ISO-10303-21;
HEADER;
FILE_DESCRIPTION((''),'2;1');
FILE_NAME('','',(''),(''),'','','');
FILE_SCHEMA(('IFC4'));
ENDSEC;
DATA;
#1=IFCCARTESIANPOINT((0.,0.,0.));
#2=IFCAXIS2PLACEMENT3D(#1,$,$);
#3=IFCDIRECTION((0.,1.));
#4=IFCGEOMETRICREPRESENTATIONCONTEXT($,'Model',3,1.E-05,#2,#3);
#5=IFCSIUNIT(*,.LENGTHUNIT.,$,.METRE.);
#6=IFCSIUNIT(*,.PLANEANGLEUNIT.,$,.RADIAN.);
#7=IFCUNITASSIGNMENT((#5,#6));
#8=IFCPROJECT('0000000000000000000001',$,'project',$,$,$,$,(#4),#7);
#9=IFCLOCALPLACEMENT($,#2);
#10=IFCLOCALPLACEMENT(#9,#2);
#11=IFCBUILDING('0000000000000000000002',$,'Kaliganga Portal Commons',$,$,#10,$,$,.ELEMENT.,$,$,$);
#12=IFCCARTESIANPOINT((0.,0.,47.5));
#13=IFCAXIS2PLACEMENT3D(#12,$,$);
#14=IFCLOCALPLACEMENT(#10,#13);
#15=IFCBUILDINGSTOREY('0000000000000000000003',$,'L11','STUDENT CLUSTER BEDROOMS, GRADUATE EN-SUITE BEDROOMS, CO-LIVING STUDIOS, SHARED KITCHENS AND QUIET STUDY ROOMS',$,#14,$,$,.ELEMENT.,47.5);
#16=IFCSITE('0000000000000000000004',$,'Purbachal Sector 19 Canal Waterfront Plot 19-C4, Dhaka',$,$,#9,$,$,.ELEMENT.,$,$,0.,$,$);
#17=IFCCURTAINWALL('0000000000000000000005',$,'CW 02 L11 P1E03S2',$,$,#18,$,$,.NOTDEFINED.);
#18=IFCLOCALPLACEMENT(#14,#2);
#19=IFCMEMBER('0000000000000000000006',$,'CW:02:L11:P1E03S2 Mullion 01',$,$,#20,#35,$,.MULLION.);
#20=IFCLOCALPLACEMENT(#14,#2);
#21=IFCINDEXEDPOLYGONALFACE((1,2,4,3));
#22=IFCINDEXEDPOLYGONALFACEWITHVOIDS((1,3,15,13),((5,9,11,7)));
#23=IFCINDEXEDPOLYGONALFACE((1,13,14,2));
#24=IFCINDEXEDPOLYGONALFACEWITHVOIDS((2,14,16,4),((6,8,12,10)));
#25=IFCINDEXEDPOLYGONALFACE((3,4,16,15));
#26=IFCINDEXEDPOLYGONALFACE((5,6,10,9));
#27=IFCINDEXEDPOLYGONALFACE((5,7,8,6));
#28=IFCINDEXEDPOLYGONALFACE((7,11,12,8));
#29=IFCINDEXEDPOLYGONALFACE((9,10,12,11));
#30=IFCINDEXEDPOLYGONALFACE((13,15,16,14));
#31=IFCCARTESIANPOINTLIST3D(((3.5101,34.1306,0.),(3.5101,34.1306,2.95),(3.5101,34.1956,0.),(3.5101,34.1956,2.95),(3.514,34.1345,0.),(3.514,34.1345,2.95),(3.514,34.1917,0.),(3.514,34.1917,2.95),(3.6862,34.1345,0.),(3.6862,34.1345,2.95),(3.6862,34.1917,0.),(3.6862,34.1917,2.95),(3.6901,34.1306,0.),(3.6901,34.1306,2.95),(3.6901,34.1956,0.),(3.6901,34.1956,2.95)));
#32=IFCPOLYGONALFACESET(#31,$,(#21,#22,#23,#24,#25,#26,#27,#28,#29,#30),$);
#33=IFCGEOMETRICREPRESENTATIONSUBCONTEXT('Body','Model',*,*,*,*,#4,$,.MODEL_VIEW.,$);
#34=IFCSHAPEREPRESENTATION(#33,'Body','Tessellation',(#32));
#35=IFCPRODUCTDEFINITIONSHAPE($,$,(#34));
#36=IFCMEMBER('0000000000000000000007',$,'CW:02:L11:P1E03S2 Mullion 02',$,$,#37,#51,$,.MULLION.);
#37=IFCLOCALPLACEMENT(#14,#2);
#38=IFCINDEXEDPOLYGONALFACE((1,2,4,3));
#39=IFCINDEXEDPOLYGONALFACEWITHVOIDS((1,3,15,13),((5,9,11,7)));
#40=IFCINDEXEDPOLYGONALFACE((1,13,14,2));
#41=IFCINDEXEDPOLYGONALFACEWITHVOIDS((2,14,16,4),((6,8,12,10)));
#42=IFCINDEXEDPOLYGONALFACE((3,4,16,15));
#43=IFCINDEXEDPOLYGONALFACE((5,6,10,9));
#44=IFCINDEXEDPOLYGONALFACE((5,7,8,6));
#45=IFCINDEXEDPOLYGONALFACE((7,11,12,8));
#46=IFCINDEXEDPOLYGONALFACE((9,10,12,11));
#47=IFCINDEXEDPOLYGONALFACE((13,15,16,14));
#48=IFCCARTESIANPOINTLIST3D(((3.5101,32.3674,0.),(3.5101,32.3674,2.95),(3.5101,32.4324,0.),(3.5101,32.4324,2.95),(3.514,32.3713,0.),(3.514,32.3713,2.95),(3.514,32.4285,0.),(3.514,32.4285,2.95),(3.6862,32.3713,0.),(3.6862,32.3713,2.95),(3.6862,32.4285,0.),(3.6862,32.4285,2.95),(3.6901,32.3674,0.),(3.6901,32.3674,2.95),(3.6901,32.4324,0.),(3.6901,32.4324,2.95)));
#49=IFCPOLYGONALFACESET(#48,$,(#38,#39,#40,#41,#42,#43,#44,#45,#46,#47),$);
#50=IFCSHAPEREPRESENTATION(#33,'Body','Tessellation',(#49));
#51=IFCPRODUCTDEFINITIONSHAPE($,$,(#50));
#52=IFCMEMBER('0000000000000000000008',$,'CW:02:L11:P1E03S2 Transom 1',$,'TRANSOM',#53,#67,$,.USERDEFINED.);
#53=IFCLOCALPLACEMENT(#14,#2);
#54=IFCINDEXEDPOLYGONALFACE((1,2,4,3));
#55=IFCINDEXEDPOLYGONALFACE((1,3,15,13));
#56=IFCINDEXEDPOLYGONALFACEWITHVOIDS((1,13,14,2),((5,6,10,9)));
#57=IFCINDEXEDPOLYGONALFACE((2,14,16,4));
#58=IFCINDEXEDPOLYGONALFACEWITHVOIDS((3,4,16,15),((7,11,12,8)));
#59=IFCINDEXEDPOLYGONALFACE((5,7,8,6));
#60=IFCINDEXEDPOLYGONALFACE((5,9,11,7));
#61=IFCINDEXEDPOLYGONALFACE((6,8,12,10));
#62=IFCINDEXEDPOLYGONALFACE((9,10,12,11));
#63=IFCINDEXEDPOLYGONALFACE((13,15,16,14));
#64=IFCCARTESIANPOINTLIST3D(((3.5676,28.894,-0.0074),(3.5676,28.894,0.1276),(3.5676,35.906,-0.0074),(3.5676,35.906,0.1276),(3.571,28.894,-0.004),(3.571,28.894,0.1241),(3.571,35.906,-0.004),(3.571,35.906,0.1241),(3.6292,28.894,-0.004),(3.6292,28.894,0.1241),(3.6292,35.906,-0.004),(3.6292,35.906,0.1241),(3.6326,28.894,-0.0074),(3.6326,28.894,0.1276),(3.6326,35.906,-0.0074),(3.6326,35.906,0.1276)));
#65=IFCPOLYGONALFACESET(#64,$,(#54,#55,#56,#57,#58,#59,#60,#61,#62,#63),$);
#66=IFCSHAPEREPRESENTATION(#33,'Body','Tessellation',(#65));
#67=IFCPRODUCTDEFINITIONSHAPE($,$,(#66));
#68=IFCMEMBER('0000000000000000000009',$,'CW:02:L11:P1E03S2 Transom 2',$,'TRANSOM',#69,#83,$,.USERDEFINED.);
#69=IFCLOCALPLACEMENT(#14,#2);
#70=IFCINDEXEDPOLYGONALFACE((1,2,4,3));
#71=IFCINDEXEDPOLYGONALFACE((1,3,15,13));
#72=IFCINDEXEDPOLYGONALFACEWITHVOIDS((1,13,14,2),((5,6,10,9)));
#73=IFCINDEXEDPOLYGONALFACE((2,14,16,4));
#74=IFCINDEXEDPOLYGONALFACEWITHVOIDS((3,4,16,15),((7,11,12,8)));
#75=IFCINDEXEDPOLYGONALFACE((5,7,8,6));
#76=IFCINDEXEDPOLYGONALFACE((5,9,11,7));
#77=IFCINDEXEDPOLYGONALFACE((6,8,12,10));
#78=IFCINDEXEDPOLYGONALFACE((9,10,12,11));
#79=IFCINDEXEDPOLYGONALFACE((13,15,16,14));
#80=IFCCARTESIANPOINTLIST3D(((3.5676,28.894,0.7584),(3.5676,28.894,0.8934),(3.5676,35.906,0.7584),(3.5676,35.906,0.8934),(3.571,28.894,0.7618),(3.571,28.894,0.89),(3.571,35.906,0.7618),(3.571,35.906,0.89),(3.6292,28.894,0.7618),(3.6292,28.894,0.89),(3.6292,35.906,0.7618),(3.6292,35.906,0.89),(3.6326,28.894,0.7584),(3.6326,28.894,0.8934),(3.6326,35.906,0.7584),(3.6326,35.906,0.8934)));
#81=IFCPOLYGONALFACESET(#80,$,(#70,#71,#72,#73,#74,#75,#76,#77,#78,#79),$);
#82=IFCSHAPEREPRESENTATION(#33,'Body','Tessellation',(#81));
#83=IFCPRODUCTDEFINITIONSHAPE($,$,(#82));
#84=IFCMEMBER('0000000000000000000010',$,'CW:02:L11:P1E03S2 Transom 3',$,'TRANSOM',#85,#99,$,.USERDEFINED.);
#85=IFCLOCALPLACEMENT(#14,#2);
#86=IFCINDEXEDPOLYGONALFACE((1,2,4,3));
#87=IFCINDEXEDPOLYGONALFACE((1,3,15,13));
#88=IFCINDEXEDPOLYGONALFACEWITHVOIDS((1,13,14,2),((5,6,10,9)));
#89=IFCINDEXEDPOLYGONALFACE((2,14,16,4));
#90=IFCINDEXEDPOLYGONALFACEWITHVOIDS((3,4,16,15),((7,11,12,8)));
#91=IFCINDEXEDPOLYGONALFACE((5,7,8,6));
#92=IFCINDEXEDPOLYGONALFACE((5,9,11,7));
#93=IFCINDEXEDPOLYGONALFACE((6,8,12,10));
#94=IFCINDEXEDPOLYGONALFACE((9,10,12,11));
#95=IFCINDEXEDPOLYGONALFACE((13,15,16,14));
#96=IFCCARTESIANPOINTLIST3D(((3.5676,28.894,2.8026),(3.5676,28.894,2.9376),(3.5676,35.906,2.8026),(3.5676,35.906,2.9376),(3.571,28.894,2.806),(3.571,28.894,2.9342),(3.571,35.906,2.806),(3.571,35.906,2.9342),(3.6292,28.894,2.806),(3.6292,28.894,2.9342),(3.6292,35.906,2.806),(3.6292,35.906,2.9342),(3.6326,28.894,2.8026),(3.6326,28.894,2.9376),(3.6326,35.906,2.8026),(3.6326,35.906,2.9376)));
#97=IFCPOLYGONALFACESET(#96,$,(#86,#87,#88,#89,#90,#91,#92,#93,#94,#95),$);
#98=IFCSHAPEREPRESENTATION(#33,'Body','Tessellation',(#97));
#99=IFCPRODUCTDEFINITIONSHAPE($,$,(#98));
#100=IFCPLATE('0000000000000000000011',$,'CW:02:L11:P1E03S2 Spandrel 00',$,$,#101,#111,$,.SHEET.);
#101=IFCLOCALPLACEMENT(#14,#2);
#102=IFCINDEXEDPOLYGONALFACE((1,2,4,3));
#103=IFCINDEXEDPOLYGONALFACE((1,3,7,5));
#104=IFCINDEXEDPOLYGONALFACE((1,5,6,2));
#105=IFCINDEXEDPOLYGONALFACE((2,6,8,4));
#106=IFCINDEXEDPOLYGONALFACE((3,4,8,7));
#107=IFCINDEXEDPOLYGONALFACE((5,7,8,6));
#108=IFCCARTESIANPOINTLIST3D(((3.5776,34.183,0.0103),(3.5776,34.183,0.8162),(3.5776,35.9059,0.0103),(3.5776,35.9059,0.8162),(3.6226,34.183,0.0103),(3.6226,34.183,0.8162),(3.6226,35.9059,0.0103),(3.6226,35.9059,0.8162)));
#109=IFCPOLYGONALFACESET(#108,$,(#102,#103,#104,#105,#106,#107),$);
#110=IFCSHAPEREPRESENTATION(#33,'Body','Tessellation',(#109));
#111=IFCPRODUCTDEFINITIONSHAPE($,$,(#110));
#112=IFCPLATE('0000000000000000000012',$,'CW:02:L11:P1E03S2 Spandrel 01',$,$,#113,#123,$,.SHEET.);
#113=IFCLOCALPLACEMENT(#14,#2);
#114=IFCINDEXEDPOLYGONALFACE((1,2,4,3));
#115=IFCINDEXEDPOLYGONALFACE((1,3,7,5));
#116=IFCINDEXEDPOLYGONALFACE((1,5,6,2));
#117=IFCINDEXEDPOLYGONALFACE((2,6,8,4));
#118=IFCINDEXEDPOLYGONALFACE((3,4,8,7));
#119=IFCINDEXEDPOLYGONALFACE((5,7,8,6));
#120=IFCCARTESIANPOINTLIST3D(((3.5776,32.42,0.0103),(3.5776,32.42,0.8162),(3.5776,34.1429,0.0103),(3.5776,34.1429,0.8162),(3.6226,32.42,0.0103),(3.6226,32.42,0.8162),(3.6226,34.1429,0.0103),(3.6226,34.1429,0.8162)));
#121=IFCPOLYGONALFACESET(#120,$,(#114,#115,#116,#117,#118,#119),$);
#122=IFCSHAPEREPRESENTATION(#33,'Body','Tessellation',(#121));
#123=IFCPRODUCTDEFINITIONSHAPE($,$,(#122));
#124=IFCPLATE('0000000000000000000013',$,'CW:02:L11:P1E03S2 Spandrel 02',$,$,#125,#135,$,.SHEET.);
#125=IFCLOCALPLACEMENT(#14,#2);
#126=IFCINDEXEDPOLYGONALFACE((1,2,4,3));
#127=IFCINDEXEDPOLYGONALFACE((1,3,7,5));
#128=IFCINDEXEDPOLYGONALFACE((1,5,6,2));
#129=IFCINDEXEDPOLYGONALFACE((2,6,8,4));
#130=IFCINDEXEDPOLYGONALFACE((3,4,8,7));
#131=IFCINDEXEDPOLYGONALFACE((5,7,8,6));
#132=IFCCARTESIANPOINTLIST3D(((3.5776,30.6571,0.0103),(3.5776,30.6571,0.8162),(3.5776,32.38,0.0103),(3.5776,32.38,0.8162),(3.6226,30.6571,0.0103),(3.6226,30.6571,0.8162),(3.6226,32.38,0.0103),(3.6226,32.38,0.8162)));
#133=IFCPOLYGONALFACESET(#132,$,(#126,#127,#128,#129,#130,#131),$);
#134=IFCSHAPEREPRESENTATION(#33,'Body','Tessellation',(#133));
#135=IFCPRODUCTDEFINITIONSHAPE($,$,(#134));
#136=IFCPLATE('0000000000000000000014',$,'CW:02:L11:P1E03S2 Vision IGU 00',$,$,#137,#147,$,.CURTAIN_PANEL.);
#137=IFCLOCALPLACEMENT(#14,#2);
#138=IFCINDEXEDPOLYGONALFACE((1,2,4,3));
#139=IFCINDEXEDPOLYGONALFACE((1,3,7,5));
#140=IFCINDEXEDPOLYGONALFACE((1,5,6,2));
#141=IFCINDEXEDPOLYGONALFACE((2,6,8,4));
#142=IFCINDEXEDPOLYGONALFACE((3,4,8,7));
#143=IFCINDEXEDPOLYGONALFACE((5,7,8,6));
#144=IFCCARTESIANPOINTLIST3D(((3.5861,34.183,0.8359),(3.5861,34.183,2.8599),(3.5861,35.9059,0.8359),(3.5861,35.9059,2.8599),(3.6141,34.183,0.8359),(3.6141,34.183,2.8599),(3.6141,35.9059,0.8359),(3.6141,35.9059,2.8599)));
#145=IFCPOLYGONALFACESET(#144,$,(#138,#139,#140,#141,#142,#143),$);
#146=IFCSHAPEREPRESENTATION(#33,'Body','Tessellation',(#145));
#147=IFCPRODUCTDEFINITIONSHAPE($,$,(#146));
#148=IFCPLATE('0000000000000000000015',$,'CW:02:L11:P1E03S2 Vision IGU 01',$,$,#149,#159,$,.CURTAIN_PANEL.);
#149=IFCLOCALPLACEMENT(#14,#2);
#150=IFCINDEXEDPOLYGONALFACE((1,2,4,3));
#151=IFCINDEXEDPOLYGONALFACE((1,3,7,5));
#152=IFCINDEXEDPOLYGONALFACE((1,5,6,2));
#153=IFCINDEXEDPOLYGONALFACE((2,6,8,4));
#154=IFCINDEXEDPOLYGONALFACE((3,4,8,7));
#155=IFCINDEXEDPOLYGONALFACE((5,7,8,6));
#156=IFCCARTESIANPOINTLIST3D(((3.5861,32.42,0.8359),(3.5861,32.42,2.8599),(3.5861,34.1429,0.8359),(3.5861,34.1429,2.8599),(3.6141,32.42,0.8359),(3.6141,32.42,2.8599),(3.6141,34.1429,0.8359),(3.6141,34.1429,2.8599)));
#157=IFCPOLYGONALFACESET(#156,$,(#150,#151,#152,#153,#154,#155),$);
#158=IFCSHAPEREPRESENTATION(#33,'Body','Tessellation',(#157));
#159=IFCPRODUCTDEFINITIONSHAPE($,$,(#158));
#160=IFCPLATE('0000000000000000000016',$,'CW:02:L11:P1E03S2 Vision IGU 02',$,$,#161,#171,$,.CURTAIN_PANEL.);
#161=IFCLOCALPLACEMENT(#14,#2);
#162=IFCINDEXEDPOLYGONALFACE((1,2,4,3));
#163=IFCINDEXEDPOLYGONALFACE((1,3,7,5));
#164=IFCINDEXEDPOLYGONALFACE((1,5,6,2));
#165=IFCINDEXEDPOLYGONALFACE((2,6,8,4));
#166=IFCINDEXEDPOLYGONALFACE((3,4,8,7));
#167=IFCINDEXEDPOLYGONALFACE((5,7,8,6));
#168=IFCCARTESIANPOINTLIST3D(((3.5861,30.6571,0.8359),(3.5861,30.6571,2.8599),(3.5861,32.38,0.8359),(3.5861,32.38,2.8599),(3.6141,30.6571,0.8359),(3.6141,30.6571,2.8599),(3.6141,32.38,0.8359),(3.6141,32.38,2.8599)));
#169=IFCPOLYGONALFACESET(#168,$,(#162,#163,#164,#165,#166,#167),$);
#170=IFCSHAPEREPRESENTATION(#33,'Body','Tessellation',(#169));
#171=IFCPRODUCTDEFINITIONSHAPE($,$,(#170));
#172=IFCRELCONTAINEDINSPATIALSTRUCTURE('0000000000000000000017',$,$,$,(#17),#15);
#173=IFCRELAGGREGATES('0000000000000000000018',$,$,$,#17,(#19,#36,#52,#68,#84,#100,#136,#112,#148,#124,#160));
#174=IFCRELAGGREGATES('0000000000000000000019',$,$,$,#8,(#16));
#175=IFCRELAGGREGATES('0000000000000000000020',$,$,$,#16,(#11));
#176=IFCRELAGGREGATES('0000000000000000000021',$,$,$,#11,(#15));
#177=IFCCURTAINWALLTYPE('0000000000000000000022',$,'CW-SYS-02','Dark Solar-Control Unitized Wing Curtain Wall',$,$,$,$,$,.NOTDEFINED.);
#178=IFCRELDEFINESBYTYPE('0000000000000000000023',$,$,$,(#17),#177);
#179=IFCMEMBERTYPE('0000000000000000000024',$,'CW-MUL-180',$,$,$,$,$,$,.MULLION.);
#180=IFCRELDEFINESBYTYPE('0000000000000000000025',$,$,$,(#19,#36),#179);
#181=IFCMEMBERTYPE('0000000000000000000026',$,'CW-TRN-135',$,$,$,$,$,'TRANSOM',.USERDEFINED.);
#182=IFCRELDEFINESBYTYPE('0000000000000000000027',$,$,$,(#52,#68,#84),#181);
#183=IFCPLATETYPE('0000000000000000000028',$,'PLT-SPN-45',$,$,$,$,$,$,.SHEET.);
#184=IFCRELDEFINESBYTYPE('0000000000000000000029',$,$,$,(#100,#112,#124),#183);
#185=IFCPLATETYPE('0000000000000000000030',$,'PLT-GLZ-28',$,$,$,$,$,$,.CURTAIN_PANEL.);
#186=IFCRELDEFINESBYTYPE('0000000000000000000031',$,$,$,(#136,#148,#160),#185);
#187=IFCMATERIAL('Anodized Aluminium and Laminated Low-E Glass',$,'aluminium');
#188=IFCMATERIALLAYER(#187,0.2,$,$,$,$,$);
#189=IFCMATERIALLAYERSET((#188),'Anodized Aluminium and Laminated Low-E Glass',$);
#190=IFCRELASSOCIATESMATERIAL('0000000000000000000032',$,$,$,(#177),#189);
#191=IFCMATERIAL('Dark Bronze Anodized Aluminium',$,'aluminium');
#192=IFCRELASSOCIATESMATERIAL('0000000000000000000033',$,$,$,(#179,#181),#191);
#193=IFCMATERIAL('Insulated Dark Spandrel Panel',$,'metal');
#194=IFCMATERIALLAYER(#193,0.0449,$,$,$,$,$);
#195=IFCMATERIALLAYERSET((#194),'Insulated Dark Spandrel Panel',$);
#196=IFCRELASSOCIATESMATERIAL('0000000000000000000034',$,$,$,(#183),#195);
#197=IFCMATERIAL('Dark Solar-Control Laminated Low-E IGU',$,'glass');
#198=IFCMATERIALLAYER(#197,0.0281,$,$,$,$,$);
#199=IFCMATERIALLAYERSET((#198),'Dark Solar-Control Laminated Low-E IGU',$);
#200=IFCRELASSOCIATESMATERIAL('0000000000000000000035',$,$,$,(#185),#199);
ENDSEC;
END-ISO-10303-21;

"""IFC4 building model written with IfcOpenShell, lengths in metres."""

from ifc_helpers import new_model, si_unit, direction, frame, origin, origin_2d, place, context, subcontext, project, spatial, rectangle, hollow_rectangle, extrude, source, transform, mapped, material, layer, layer_set, material_profile, profile_set, type_object, element, aggregate, save


model = new_model("IFC4")

# Units and contexts
model_context = context("Model", 3, precision=1e-05, world=origin(), true_north=direction((0.0, 1.0)))
body_context = subcontext(model_context, "Body", "Model", "MODEL_VIEW")
ifc_project = project(units=[si_unit("LENGTHUNIT", "METRE"), si_unit("PLANEANGLEUNIT", "RADIAN")], contexts=[model_context])

# Site, building, storey
site_placement = place(None, origin())
site = spatial("IfcSite", under=ifc_project, at=site_placement, Name="Purbachal Sector 19 Canal Waterfront Plot 19-C4, Dhaka", CompositionType="ELEMENT", RefElevation=0.0)
building_placement = place(site_placement, origin())
building = spatial("IfcBuilding", under=site, at=building_placement, Name="Kaliganga Portal Commons", CompositionType="ELEMENT")
storey_placement = place(building_placement, frame((0.0, 0.0, 47.5)))
storey = spatial("IfcBuildingStorey", under=building, at=storey_placement, Name="L11", Description="STUDENT CLUSTER BEDROOMS, GRADUATE EN-SUITE BEDROOMS, CO-LIVING STUDIOS, SHARED KITCHENS AND QUIET STUDY ROOMS", CompositionType="ELEMENT", Elevation=47.5)

# Curtain wall, members, plates
ifc_material_1 = material(Name="Anodized Aluminium and Laminated Low-E Glass", Category="aluminium")
ifc_layer_1 = layer(ifc_material_1, 0.2)
ifc_layer_set_1 = layer_set([ifc_layer_1], Name="Anodized Aluminium and Laminated Low-E Glass")
curtain_wall_type = type_object("IfcCurtainWallType", Name="CW-SYS-02", Description="Dark Solar-Control Unitized Wing Curtain Wall", PredefinedType="NOTDEFINED", material=ifc_layer_set_1)
curtain_wall_placement = place(storey_placement, origin())
curtain_wall = element("IfcCurtainWall", 1, at=curtain_wall_placement, inside=storey, type_object=curtain_wall_type, Name="CW 02 L11 P1E03S2", PredefinedType="NOTDEFINED")
ifc_material_2 = material(Name="Dark Bronze Anodized Aluminium", Category="aluminium")
ifc_material_profile_1 = material_profile(ifc_material_2, hollow_rectangle(XDim=0.0649, YDim=0.1799, WallThickness=0.0039, at=origin_2d()), Name="ALU MULL 65x180x4")
ifc_profile_set_1 = profile_set([ifc_material_profile_1], Name="Dark Bronze Anodized Aluminium")
member_type_1 = type_object("IfcMemberType", Name="CW-MUL-180", PredefinedType="MULLION", material=ifc_profile_set_1)
shared_shape_1 = source(origin(), body_context, "Body", "SweptSolid", [
    extrude(hollow_rectangle(XDim=0.0649, YDim=0.1799, WallThickness=0.0039, at=origin_2d()), origin(), (0.0, 0.0, 1.0), 2.95),
])
member_1_placement = place(storey_placement, frame((3.6001, 34.1631, 0.0), z_axis=(0.0, 0.0, 1.0), x_axis=(0.0, -1.0, 0.0)))
member_1 = element("IfcMember", 2, at=member_1_placement, type_object=member_type_1, Name="CW:02:L11:P1E03S2 Mullion 01", PredefinedType="MULLION", context=body_context, shape_type="MappedRepresentation", body=[
    mapped(shared_shape_1, transform((0.0, 0.0, 0.0), x_axis=(1.0, 0.0, 0.0), y_axis=(0.0, 1.0, 0.0), z_axis=(0.0, 0.0, 1.0), scale=1.0)),
])
member_2_placement = place(storey_placement, frame((3.6001, 32.3999, 0.0), z_axis=(0.0, 0.0, 1.0), x_axis=(0.0, -1.0, 0.0)))
member_2 = element("IfcMember", 3, at=member_2_placement, type_object=member_type_1, Name="CW:02:L11:P1E03S2 Mullion 02", PredefinedType="MULLION", context=body_context, shape_type="MappedRepresentation", body=[
    mapped(shared_shape_1, transform((0.0, 0.0, 0.0), x_axis=(1.0, 0.0, 0.0), y_axis=(0.0, 1.0, 0.0), z_axis=(0.0, 0.0, 1.0), scale=1.0)),
])
ifc_material_profile_2 = material_profile(ifc_material_2, hollow_rectangle(XDim=0.0649, YDim=0.135, WallThickness=0.0034, at=origin_2d()), Name="ALU TRAN 65x135x3.5")
ifc_profile_set_2 = profile_set([ifc_material_profile_2], Name="Dark Bronze Anodized Aluminium")
member_type_2 = type_object("IfcMemberType", Name="CW-TRN-135", ElementType="TRANSOM", PredefinedType="USERDEFINED", material=ifc_profile_set_2)
shared_shape_2 = source(origin(), body_context, "Body", "SweptSolid", [
    extrude(hollow_rectangle(XDim=0.0649, YDim=0.135, WallThickness=0.0034, at=origin_2d()), origin(), (0.0, 0.0, 1.0), 7.012),
])
member_3_placement = place(storey_placement, frame((3.6001, 35.906, 0.0601), z_axis=(0.0, -1.0, 0.0), x_axis=(1.0, 0.0, 0.0)))
member_3 = element("IfcMember", 4, at=member_3_placement, type_object=member_type_2, Name="CW:02:L11:P1E03S2 Transom 1", ObjectType="TRANSOM", PredefinedType="USERDEFINED", context=body_context, shape_type="MappedRepresentation", body=[
    mapped(shared_shape_2, transform((0.0, 0.0, 0.0), x_axis=(1.0, 0.0, 0.0), y_axis=(0.0, 1.0, 0.0), z_axis=(0.0, 0.0, 1.0), scale=1.0)),
])
member_4_placement = place(storey_placement, frame((3.6001, 35.906, 0.8259), z_axis=(0.0, -1.0, 0.0), x_axis=(1.0, 0.0, 0.0)))
member_4 = element("IfcMember", 5, at=member_4_placement, type_object=member_type_2, Name="CW:02:L11:P1E03S2 Transom 2", ObjectType="TRANSOM", PredefinedType="USERDEFINED", context=body_context, shape_type="MappedRepresentation", body=[
    mapped(shared_shape_2, transform((0.0, 0.0, 0.0), x_axis=(1.0, 0.0, 0.0), y_axis=(0.0, 1.0, 0.0), z_axis=(0.0, 0.0, 1.0), scale=1.0)),
])
member_5_placement = place(storey_placement, frame((3.6001, 35.906, 2.8701), z_axis=(0.0, -1.0, 0.0), x_axis=(1.0, 0.0, 0.0)))
member_5 = element("IfcMember", 6, at=member_5_placement, type_object=member_type_2, Name="CW:02:L11:P1E03S2 Transom 3", ObjectType="TRANSOM", PredefinedType="USERDEFINED", context=body_context, shape_type="MappedRepresentation", body=[
    mapped(shared_shape_2, transform((0.0, 0.0, 0.0), x_axis=(1.0, 0.0, 0.0), y_axis=(0.0, 1.0, 0.0), z_axis=(0.0, 0.0, 1.0), scale=1.0)),
])
ifc_material_3 = material(Name="Insulated Dark Spandrel Panel", Category="metal")
ifc_layer_2 = layer(ifc_material_3, 0.0449)
ifc_layer_set_2 = layer_set([ifc_layer_2], Name="Insulated Dark Spandrel Panel")
plate_type_1 = type_object("IfcPlateType", Name="PLT-SPN-45", PredefinedType="SHEET", material=ifc_layer_set_2)
shared_shape_3 = source(origin(), body_context, "Body", "SweptSolid", [
    extrude(rectangle(XDim=1.7229, YDim=0.0449, at=origin_2d()), origin(), (0.0, 0.0, 1.0), 0.8059),
])
plate_1_placement = place(storey_placement, frame((3.6001, 35.0444, 0.0103), z_axis=(0.0, 0.0, 1.0), x_axis=(0.0, -1.0, 0.0)))
plate_1 = element("IfcPlate", 7, at=plate_1_placement, type_object=plate_type_1, Name="CW:02:L11:P1E03S2 Spandrel 00", PredefinedType="SHEET", context=body_context, shape_type="MappedRepresentation", body=[
    mapped(shared_shape_3, transform((0.0, 0.0, 0.0), x_axis=(1.0, 0.0, 0.0), y_axis=(0.0, 1.0, 0.0), z_axis=(0.0, 0.0, 1.0), scale=1.0)),
])
plate_2_placement = place(storey_placement, frame((3.6001, 33.2815, 0.0103), z_axis=(0.0, 0.0, 1.0), x_axis=(0.0, -1.0, 0.0)))
plate_2 = element("IfcPlate", 8, at=plate_2_placement, type_object=plate_type_1, Name="CW:02:L11:P1E03S2 Spandrel 01", PredefinedType="SHEET", context=body_context, shape_type="MappedRepresentation", body=[
    mapped(shared_shape_3, transform((0.0, 0.0, 0.0), x_axis=(1.0, 0.0, 0.0), y_axis=(0.0, 1.0, 0.0), z_axis=(0.0, 0.0, 1.0), scale=1.0)),
])
plate_3_placement = place(storey_placement, frame((3.6001, 31.5186, 0.0103), z_axis=(0.0, 0.0, 1.0), x_axis=(0.0, -1.0, 0.0)))
plate_3 = element("IfcPlate", 9, at=plate_3_placement, type_object=plate_type_1, Name="CW:02:L11:P1E03S2 Spandrel 02", PredefinedType="SHEET", context=body_context, shape_type="MappedRepresentation", body=[
    mapped(shared_shape_3, transform((0.0, 0.0, 0.0), x_axis=(1.0, 0.0, 0.0), y_axis=(0.0, 1.0, 0.0), z_axis=(0.0, 0.0, 1.0), scale=1.0)),
])
ifc_material_4 = material(Name="Dark Solar-Control Laminated Low-E IGU", Category="glass")
ifc_layer_3 = layer(ifc_material_4, 0.0281)
ifc_layer_set_3 = layer_set([ifc_layer_3], Name="Dark Solar-Control Laminated Low-E IGU")
plate_type_2 = type_object("IfcPlateType", Name="PLT-GLZ-28", PredefinedType="CURTAIN_PANEL", material=ifc_layer_set_3)
shared_shape_4 = source(origin(), body_context, "Body", "SweptSolid", [
    extrude(rectangle(XDim=1.7229, YDim=0.0281, at=origin_2d()), origin(), (0.0, 0.0, 1.0), 2.0239),
])
plate_4_placement = place(storey_placement, frame((3.6001, 35.0444, 0.8359), z_axis=(0.0, 0.0, 1.0), x_axis=(0.0, -1.0, 0.0)))
plate_4 = element("IfcPlate", 10, at=plate_4_placement, type_object=plate_type_2, Name="CW:02:L11:P1E03S2 Vision IGU 00", PredefinedType="CURTAIN_PANEL", context=body_context, shape_type="MappedRepresentation", body=[
    mapped(shared_shape_4, transform((0.0, 0.0, 0.0), x_axis=(1.0, 0.0, 0.0), y_axis=(0.0, 1.0, 0.0), z_axis=(0.0, 0.0, 1.0), scale=1.0)),
])
plate_5_placement = place(storey_placement, frame((3.6001, 33.2815, 0.8359), z_axis=(0.0, 0.0, 1.0), x_axis=(0.0, -1.0, 0.0)))
plate_5 = element("IfcPlate", 11, at=plate_5_placement, type_object=plate_type_2, Name="CW:02:L11:P1E03S2 Vision IGU 01", PredefinedType="CURTAIN_PANEL", context=body_context, shape_type="MappedRepresentation", body=[
    mapped(shared_shape_4, transform((0.0, 0.0, 0.0), x_axis=(1.0, 0.0, 0.0), y_axis=(0.0, 1.0, 0.0), z_axis=(0.0, 0.0, 1.0), scale=1.0)),
])
plate_6_placement = place(storey_placement, frame((3.6001, 31.5186, 0.8359), z_axis=(0.0, 0.0, 1.0), x_axis=(0.0, -1.0, 0.0)))
plate_6 = element("IfcPlate", 12, at=plate_6_placement, type_object=plate_type_2, Name="CW:02:L11:P1E03S2 Vision IGU 02", PredefinedType="CURTAIN_PANEL", context=body_context, shape_type="MappedRepresentation", body=[
    mapped(shared_shape_4, transform((0.0, 0.0, 0.0), x_axis=(1.0, 0.0, 0.0), y_axis=(0.0, 1.0, 0.0), z_axis=(0.0, 0.0, 1.0), scale=1.0)),
])
aggregate(curtain_wall, [member_1, member_2, member_3, member_4, member_5, plate_1, plate_4, plate_2, plate_5, plate_3, plate_6])

save(model, "model.ifc")
